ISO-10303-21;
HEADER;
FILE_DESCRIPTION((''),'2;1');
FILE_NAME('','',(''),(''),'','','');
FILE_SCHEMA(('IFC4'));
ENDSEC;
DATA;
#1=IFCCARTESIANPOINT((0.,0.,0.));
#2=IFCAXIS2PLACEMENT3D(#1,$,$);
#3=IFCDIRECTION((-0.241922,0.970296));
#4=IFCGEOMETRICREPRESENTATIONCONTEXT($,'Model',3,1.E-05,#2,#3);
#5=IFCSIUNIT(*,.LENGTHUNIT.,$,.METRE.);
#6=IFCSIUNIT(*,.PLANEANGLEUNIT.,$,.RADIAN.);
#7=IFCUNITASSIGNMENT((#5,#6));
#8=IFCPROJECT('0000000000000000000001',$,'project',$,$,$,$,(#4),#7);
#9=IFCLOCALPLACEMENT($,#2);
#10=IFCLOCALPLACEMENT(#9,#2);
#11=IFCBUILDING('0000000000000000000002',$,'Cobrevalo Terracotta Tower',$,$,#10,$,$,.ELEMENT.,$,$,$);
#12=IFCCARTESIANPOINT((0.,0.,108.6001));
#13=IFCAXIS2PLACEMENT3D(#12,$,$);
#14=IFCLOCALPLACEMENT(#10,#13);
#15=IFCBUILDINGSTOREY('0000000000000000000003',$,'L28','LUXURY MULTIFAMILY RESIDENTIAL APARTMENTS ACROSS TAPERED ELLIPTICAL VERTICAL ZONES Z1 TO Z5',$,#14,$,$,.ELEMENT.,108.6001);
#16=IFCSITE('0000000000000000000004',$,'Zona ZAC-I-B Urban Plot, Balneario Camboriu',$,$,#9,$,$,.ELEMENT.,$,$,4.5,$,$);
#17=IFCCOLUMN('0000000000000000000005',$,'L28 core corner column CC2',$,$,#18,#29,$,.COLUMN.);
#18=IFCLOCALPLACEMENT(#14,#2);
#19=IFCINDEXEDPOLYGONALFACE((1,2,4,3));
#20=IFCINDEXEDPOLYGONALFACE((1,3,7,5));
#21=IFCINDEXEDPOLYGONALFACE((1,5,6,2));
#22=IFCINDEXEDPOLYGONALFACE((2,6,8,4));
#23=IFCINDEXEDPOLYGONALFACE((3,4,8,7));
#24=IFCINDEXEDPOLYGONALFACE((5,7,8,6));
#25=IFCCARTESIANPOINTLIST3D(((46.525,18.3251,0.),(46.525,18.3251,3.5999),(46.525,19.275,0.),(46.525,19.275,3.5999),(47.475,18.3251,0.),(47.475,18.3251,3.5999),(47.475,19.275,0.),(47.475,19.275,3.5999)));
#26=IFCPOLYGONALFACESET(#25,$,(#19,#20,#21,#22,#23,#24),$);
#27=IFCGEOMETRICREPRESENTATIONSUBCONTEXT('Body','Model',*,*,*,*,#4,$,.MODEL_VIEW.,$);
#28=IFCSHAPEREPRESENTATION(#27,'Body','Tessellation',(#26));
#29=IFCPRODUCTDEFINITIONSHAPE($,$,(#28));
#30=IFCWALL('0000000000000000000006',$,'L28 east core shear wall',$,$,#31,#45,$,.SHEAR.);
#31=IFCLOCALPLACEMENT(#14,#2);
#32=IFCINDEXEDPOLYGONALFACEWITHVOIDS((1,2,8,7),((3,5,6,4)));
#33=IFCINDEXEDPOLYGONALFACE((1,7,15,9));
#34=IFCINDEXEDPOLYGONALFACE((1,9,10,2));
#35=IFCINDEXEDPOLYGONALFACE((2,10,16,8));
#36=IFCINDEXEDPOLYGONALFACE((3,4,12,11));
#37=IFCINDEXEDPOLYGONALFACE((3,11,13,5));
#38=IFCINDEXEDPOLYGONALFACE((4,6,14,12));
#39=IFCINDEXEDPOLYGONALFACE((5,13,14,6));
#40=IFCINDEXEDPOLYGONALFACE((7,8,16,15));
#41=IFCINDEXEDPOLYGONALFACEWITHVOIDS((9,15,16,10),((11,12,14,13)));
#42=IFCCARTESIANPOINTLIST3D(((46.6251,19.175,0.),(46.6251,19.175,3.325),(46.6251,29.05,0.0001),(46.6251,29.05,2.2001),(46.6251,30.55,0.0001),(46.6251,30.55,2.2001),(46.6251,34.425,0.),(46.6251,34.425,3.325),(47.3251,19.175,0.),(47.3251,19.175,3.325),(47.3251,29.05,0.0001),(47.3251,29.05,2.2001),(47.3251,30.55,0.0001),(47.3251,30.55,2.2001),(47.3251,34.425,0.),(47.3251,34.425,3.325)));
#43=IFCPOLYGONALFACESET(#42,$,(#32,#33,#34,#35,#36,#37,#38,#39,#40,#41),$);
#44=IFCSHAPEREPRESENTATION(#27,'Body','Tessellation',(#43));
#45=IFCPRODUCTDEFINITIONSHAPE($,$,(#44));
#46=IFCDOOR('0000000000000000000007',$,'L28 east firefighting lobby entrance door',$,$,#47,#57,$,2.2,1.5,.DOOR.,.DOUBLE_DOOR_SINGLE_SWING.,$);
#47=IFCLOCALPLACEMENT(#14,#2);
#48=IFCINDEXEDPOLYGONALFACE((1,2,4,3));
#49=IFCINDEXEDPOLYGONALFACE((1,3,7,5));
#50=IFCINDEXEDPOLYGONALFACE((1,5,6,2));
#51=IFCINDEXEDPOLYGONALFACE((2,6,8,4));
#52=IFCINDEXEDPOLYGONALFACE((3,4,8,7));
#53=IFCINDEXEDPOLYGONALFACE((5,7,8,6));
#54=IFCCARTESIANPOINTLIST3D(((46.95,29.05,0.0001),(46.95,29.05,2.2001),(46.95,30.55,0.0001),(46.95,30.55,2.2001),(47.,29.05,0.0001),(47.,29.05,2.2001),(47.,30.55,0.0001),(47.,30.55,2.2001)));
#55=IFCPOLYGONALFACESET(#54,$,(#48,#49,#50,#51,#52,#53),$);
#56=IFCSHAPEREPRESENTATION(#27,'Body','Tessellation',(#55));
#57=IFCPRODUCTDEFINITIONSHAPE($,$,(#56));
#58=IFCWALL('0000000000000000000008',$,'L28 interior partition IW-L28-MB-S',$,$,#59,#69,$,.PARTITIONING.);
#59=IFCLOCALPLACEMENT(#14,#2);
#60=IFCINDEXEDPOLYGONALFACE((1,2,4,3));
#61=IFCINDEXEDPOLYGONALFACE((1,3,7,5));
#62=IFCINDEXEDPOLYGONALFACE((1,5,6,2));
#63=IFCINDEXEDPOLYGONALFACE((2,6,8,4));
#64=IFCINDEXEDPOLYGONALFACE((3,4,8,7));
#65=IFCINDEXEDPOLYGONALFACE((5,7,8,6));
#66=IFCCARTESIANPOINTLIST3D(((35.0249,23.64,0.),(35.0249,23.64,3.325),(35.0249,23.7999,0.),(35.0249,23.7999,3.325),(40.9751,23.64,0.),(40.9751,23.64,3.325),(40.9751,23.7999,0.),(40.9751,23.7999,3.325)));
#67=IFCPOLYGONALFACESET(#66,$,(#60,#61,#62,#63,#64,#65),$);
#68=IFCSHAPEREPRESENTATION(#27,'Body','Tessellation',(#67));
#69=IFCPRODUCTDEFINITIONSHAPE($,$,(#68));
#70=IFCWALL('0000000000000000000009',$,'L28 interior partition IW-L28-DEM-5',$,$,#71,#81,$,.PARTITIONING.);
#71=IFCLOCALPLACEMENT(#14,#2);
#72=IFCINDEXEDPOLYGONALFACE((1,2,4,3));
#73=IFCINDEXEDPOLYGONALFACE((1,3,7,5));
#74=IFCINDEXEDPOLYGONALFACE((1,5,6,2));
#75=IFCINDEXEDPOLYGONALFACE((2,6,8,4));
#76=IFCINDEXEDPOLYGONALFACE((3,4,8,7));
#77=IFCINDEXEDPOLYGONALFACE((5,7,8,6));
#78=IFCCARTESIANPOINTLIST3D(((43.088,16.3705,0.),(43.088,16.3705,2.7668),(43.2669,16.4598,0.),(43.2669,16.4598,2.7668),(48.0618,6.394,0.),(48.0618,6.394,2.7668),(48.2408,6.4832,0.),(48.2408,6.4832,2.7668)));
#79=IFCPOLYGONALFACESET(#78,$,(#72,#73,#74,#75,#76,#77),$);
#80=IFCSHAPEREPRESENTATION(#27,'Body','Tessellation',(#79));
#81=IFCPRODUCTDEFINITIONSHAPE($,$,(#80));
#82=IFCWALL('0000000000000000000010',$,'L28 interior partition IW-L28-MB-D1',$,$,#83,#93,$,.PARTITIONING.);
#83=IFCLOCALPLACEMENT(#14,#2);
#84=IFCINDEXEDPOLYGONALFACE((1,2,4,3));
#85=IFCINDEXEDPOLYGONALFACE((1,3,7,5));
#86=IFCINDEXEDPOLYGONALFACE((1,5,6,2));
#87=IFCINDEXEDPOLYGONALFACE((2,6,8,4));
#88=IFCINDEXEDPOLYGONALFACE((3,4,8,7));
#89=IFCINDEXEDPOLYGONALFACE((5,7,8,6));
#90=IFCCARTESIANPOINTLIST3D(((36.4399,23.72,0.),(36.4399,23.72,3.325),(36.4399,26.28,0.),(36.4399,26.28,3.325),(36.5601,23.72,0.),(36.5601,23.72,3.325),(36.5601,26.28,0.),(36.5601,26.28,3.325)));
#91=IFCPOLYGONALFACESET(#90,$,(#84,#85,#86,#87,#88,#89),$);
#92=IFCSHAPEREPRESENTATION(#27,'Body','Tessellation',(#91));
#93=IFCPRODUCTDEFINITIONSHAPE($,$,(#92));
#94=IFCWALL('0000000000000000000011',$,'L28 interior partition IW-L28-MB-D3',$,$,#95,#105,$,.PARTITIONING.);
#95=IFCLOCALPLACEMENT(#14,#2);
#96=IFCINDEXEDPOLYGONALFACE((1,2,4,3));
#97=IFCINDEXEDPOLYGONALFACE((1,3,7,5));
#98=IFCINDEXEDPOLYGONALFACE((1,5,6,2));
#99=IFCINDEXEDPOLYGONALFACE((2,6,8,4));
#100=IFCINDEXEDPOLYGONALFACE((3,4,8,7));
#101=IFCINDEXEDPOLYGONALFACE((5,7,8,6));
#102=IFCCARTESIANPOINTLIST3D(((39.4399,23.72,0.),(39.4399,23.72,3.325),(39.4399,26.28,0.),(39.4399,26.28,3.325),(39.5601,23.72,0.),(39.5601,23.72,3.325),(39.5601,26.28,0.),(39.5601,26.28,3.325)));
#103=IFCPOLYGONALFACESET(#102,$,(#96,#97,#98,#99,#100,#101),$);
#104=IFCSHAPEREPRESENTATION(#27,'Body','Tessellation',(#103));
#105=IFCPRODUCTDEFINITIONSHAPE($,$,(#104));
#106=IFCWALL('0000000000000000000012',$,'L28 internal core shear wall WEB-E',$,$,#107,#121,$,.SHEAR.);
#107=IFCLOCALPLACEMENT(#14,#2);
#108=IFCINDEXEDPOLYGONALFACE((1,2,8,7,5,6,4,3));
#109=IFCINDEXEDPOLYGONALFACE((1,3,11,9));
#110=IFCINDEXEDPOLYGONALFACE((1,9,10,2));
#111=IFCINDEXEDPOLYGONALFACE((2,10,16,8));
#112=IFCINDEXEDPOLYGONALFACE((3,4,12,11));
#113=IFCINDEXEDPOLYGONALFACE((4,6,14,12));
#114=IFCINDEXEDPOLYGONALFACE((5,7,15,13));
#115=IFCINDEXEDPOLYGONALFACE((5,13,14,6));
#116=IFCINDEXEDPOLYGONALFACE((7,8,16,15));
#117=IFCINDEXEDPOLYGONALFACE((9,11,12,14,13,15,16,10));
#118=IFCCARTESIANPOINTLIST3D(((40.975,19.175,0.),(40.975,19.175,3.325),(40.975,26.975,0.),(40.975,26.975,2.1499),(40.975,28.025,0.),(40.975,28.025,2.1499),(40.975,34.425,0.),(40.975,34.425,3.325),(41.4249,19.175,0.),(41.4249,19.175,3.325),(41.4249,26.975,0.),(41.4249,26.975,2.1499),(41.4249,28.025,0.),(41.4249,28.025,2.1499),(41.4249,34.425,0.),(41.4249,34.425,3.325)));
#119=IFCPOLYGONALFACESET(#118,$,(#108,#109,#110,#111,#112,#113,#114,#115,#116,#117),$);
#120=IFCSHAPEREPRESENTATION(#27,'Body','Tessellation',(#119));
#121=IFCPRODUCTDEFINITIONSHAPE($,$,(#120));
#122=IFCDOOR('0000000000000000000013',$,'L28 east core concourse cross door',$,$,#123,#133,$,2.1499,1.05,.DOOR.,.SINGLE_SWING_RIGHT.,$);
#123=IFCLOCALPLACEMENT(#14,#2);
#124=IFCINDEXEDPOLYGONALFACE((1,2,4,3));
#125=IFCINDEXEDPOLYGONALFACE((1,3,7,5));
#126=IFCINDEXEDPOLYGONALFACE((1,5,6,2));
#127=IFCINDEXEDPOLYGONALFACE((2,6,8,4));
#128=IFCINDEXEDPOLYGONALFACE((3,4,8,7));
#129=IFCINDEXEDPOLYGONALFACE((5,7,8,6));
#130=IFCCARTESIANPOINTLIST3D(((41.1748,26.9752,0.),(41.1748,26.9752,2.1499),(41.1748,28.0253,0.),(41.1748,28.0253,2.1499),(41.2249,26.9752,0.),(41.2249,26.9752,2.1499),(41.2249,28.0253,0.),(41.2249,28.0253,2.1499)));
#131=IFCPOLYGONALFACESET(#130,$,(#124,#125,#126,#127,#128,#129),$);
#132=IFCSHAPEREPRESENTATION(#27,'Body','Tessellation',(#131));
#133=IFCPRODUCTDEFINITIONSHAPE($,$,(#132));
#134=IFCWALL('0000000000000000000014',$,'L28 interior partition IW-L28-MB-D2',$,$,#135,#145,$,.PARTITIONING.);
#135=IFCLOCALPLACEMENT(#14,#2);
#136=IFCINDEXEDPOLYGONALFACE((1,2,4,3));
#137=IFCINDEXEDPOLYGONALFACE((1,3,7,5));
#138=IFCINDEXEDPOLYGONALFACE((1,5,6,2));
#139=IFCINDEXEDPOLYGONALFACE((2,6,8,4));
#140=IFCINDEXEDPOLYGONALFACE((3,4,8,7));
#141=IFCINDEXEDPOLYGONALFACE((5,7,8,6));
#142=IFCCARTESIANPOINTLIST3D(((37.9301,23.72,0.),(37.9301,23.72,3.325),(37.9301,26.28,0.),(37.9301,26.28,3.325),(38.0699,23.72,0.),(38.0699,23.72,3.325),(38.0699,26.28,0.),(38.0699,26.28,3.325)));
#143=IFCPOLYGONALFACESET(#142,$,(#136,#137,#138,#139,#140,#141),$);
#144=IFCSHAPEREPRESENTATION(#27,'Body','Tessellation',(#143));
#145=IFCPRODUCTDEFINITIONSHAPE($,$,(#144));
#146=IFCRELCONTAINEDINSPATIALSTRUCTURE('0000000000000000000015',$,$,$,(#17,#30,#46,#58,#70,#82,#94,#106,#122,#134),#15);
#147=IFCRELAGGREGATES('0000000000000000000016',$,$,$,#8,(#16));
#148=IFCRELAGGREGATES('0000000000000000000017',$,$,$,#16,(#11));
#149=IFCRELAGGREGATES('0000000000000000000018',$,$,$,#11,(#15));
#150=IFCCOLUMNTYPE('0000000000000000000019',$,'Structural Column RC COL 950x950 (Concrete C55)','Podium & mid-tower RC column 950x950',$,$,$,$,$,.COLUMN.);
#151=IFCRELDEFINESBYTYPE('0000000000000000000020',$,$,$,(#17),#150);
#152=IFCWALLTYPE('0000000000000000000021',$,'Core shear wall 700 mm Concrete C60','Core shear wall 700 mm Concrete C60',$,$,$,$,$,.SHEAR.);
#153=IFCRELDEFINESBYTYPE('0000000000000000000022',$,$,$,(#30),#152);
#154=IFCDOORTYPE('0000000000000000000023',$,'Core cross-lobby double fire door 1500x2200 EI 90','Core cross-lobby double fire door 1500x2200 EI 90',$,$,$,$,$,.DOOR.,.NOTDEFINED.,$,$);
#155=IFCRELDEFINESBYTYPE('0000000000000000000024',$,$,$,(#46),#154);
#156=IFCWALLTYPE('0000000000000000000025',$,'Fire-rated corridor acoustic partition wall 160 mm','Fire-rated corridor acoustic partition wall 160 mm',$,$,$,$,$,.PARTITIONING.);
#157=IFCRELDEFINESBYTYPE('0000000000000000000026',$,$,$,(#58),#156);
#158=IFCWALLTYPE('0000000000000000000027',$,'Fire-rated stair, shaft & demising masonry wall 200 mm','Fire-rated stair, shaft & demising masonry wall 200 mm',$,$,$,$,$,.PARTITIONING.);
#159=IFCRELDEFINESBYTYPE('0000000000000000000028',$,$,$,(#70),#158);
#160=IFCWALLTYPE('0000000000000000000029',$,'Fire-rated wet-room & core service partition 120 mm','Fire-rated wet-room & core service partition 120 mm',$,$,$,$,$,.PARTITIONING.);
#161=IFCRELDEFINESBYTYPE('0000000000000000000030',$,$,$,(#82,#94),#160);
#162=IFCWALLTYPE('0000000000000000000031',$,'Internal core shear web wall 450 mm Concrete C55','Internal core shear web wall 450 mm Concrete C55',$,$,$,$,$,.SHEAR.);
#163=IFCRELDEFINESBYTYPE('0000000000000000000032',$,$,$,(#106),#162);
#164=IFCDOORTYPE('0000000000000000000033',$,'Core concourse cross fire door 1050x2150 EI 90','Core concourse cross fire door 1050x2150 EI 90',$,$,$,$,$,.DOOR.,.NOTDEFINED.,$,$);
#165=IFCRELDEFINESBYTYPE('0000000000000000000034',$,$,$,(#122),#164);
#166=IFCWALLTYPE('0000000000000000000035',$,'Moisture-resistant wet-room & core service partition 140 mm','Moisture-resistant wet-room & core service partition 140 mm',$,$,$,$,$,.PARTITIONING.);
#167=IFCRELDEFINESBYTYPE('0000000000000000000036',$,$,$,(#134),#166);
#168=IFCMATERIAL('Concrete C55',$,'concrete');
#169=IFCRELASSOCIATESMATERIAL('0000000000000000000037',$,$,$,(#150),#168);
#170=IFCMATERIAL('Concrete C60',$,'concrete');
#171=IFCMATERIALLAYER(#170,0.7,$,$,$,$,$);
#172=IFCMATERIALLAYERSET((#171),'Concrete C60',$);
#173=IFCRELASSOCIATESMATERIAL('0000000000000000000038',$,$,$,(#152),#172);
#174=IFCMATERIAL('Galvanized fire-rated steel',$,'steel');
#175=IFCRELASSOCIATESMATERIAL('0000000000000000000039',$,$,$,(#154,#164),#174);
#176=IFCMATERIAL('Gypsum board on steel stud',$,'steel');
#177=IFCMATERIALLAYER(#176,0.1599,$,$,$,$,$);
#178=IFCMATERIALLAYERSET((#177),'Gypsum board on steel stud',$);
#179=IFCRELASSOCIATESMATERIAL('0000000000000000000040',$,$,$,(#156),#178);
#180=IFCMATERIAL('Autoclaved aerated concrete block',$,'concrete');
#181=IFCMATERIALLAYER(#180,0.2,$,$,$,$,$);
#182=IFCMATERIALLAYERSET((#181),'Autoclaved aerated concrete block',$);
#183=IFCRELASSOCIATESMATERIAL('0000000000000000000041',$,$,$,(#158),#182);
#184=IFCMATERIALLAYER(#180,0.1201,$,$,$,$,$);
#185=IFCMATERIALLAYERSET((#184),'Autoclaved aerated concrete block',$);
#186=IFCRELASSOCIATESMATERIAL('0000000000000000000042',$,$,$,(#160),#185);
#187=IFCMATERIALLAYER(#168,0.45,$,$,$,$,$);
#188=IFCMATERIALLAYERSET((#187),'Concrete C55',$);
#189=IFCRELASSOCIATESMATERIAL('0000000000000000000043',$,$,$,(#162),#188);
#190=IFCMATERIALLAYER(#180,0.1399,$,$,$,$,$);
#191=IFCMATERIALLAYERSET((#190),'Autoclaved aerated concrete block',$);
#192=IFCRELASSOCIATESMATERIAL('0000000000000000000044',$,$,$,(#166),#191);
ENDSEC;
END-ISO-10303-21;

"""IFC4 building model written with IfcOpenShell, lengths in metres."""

from ifc_helpers import new_model, si_unit, direction, frame, frame_2d, origin, origin_2d, place, context, subcontext, project, spatial, rectangle, extrude, source, transform, mapped, material, layer, layer_set, material_profile, profile_set, type_object, element, fill, save


model = new_model("IFC4")

# Units and contexts
model_context = context("Model", 3, precision=1e-05, world=origin(), true_north=direction((-0.241922, 0.970296)))
body_context = subcontext(model_context, "Body", "Model", "MODEL_VIEW")
ifc_project = project(units=[si_unit("LENGTHUNIT", "METRE"), si_unit("PLANEANGLEUNIT", "RADIAN")], contexts=[model_context])

# Site, building, storey
site_placement = place(None, origin())
site = spatial("IfcSite", under=ifc_project, at=site_placement, Name="Zona ZAC-I-B Urban Plot, Balneario Camboriu", CompositionType="ELEMENT", RefElevation=4.5)
building_placement = place(site_placement, origin())
building = spatial("IfcBuilding", under=site, at=building_placement, Name="Cobrevalo Terracotta Tower", CompositionType="ELEMENT")
storey_placement = place(building_placement, frame((0.0, 0.0, 108.6001)))
storey = spatial("IfcBuildingStorey", under=building, at=storey_placement, Name="L28", Description="LUXURY MULTIFAMILY RESIDENTIAL APARTMENTS ACROSS TAPERED ELLIPTICAL VERTICAL ZONES Z1 TO Z5", CompositionType="ELEMENT", Elevation=108.6001)

# Column
ifc_material_1 = material(Name="Concrete C55", Category="concrete")
ifc_material_profile = material_profile(ifc_material_1, rectangle(XDim=0.95, YDim=0.95, at=origin_2d()), Name="RC COL 950x950")
ifc_profile_set = profile_set([ifc_material_profile], Name="Concrete C55")
column_type = type_object("IfcColumnType", Name="Structural Column RC COL 950x950 (Concrete C55)", Description="Podium & mid-tower RC column 950x950", PredefinedType="COLUMN", material=ifc_profile_set)
column_placement = place(storey_placement, frame((47.0, 18.8, 0.0), z_axis=(0.0, 0.0, 1.0), x_axis=(1.0, 0.0, 0.0)))
element("IfcColumn", 1, at=column_placement, inside=storey, type_object=column_type, Name="L28 core corner column CC2", PredefinedType="COLUMN", context=body_context, shape_type="SweptSolid", body=[
    extrude(rectangle(XDim=0.95, YDim=0.95, at=origin_2d()), origin(), (0.0, 0.0, 1.0), 3.5999),
])

# Wall, opening, door
ifc_material_2 = material(Name="Concrete C60", Category="concrete")
ifc_layer_1 = layer(ifc_material_2, 0.7)
ifc_layer_set_1 = layer_set([ifc_layer_1], Name="Concrete C60")
wall_type_1 = type_object("IfcWallType", Name="Core shear wall 700 mm Concrete C60", Description="Core shear wall 700 mm Concrete C60", PredefinedType="SHEAR", material=ifc_layer_set_1)
wall_1_placement = place(storey_placement, frame((46.9751, 19.175, 0.0), z_axis=(0.0, 0.0, 1.0), x_axis=(0.0, 1.0, 0.0)))
wall_1 = element("IfcWall", 2, at=wall_1_placement, inside=storey, type_object=wall_type_1, Name="L28 east core shear wall", PredefinedType="SHEAR", context=body_context, shape_type="SweptSolid", body=[
    extrude(rectangle(XDim=15.25, YDim=0.7, at=frame_2d((7.625, 0.0))), origin(), (0.0, 0.0, 1.0), 3.325),
])
opening_1_placement = place(wall_1_placement, frame((9.875, 0.0, 0.0)))
opening_1 = element("IfcOpeningElement", 3, at=opening_1_placement, cuts=wall_1, PredefinedType="OPENING", context=body_context, shape_type="SweptSolid", body=[
    extrude(rectangle(XDim=1.5, YDim=2.2, at=frame_2d((0.75, 1.1001))), frame((0.0, 0.3599, 0.0), z_axis=(0.0, -1.0, 0.0), x_axis=(1.0, 0.0, 0.0)), (0.0, 0.0, 1.0), 0.72),
])
ifc_material_3 = material(Name="Galvanized fire-rated steel", Category="steel")
door_type_1 = type_object("IfcDoorType", Name="Core cross-lobby double fire door 1500x2200 EI 90", Description="Core cross-lobby double fire door 1500x2200 EI 90", OperationType="NOTDEFINED", PredefinedType="DOOR", material=ifc_material_3)
shared_shape_1 = source(origin(), body_context, "Body", "SweptSolid", [
    extrude(rectangle(XDim=1.5, YDim=2.2, at=frame_2d((0.75, 1.1001))), frame((0.0, 0.0249, 0.0), z_axis=(0.0, -1.0, 0.0), x_axis=(1.0, 0.0, 0.0)), (0.0, 0.0, 1.0), 0.05),
])
door_1_placement = place(opening_1_placement, frame((1.5, 0.0, 0.0), z_axis=(0.0, 0.0, 1.0), x_axis=(-1.0, 0.0, 0.0)))
door_1 = element("IfcDoor", 4, at=door_1_placement, inside=storey, type_object=door_type_1, Name="L28 east firefighting lobby entrance door", OperationType="DOUBLE_DOOR_SINGLE_SWING", OverallHeight=2.2, OverallWidth=1.5, PredefinedType="DOOR", context=body_context, shape_type="MappedRepresentation", body=[
    mapped(shared_shape_1, transform((0.0, 0.0, 0.0), scale=1.0)),
])
fill(opening_1, door_1)

# Walls
ifc_material_4 = material(Name="Gypsum board on steel stud", Category="steel")
ifc_layer_2 = layer(ifc_material_4, 0.1599)
ifc_layer_set_2 = layer_set([ifc_layer_2], Name="Gypsum board on steel stud")
wall_type_2 = type_object("IfcWallType", Name="Fire-rated corridor acoustic partition wall 160 mm", Description="Fire-rated corridor acoustic partition wall 160 mm", PredefinedType="PARTITIONING", material=ifc_layer_set_2)
wall_2_placement = place(storey_placement, frame((35.0249, 23.72, 0.0), z_axis=(0.0, 0.0, 1.0), x_axis=(1.0, 0.0, 0.0)))
element("IfcWall", 5, at=wall_2_placement, inside=storey, type_object=wall_type_2, Name="L28 interior partition IW-L28-MB-S", PredefinedType="PARTITIONING", context=body_context, shape_type="SweptSolid", body=[
    extrude(rectangle(XDim=5.9502, YDim=0.1599, at=frame_2d((2.9751, 0.0))), origin(), (0.0, 0.0, 1.0), 3.325),
])
ifc_material_5 = material(Name="Autoclaved aerated concrete block", Category="concrete")
ifc_layer_3 = layer(ifc_material_5, 0.2)
ifc_layer_set_3 = layer_set([ifc_layer_3], Name="Autoclaved aerated concrete block")
wall_type_3 = type_object("IfcWallType", Name="Fire-rated stair, shaft & demising masonry wall 200 mm", Description="Fire-rated stair, shaft & demising masonry wall 200 mm", PredefinedType="PARTITIONING", material=ifc_layer_set_3)
wall_3_placement = place(storey_placement, frame((43.1775, 16.415, 0.0), z_axis=(0.0, 0.0, 1.0), x_axis=(0.44618, -0.894943, 0.0)))
element("IfcWall", 6, at=wall_3_placement, inside=storey, type_object=wall_type_3, Name="L28 interior partition IW-L28-DEM-5", PredefinedType="PARTITIONING", context=body_context, shape_type="SweptSolid", body=[
    extrude(rectangle(XDim=11.1477, YDim=0.2, at=frame_2d((5.5737, 0.0))), origin(), (0.0, 0.0, 1.0), 2.7668),
])
ifc_layer_4 = layer(ifc_material_5, 0.1201)
ifc_layer_set_4 = layer_set([ifc_layer_4], Name="Autoclaved aerated concrete block")
wall_type_4 = type_object("IfcWallType", Name="Fire-rated wet-room & core service partition 120 mm", Description="Fire-rated wet-room & core service partition 120 mm", PredefinedType="PARTITIONING", material=ifc_layer_set_4)
for number, where, z_axis, x_axis, name in (
    (7, (36.5, 23.72, 0.0), (0.0, 0.0, 1.0), (0.0, 1.0, 0.0), "L28 interior partition IW-L28-MB-D1"),
    (8, (39.5, 23.72, 0.0), (0.0, 0.0, 1.0), (0.0, 1.0, 0.0), "L28 interior partition IW-L28-MB-D3"),
):
    element("IfcWall", number, at=place(storey_placement, frame(where, z_axis=z_axis, x_axis=x_axis)), inside=storey, type_object=wall_type_4, Name=name, PredefinedType="PARTITIONING", context=body_context, shape_type="SweptSolid", body=[
        extrude(rectangle(XDim=2.5601, YDim=0.1201, at=frame_2d((1.28, 0.0))), origin(), (0.0, 0.0, 1.0), 3.325),
    ])

# Wall, opening, door
ifc_layer_5 = layer(ifc_material_1, 0.45)
ifc_layer_set_5 = layer_set([ifc_layer_5], Name="Concrete C55")
wall_type_5 = type_object("IfcWallType", Name="Internal core shear web wall 450 mm Concrete C55", Description="Internal core shear web wall 450 mm Concrete C55", PredefinedType="SHEAR", material=ifc_layer_set_5)
wall_4_placement = place(storey_placement, frame((41.2, 19.175, 0.0), z_axis=(0.0, 0.0, 1.0), x_axis=(0.0, 1.0, 0.0)))
wall_4 = element("IfcWall", 9, at=wall_4_placement, inside=storey, type_object=wall_type_5, Name="L28 internal core shear wall WEB-E", PredefinedType="SHEAR", context=body_context, shape_type="SweptSolid", body=[
    extrude(rectangle(XDim=15.25, YDim=0.45, at=frame_2d((7.625, 0.0))), origin(), (0.0, 0.0, 1.0), 3.325),
])
opening_2_placement = place(wall_4_placement, frame((7.8, 0.0, 0.0)))
opening_2 = element("IfcOpeningElement", 10, at=opening_2_placement, cuts=wall_4, PredefinedType="OPENING", context=body_context, shape_type="SweptSolid", body=[
    extrude(rectangle(XDim=1.05, YDim=2.1499, at=frame_2d((0.5249, 1.075))), frame((0.0, 0.2349, 0.0), z_axis=(0.0, -1.0, 0.0), x_axis=(1.0, 0.0, 0.0)), (0.0, 0.0, 1.0), 0.47),
])
door_type_2 = type_object("IfcDoorType", Name="Core concourse cross fire door 1050x2150 EI 90", Description="Core concourse cross fire door 1050x2150 EI 90", OperationType="NOTDEFINED", PredefinedType="DOOR", material=ifc_material_3)
shared_shape_2 = source(origin(), body_context, "Body", "SweptSolid", [
    extrude(rectangle(XDim=1.05, YDim=2.1499, at=frame_2d((0.5249, 1.075))), frame((0.0, 0.0249, 0.0), z_axis=(0.0, -1.0, 0.0), x_axis=(1.0, 0.0, 0.0)), (0.0, 0.0, 1.0), 0.05),
])
door_2_placement = place(opening_2_placement, frame((1.05, 0.0, 0.0), z_axis=(0.0, 0.0, 1.0), x_axis=(-1.0, 0.0, 0.0)))
door_2 = element("IfcDoor", 11, at=door_2_placement, inside=storey, type_object=door_type_2, Name="L28 east core concourse cross door", OperationType="SINGLE_SWING_RIGHT", OverallHeight=2.1499, OverallWidth=1.05, PredefinedType="DOOR", context=body_context, shape_type="MappedRepresentation", body=[
    mapped(shared_shape_2, transform((0.0, 0.0, 0.0), scale=1.0)),
])
fill(opening_2, door_2)

# Wall
ifc_layer_6 = layer(ifc_material_5, 0.1399)
ifc_layer_set_6 = layer_set([ifc_layer_6], Name="Autoclaved aerated concrete block")
wall_type_6 = type_object("IfcWallType", Name="Moisture-resistant wet-room & core service partition 140 mm", Description="Moisture-resistant wet-room & core service partition 140 mm", PredefinedType="PARTITIONING", material=ifc_layer_set_6)
wall_5_placement = place(storey_placement, frame((38.0, 23.72, 0.0), z_axis=(0.0, 0.0, 1.0), x_axis=(0.0, 1.0, 0.0)))
element("IfcWall", 12, at=wall_5_placement, inside=storey, type_object=wall_type_6, Name="L28 interior partition IW-L28-MB-D2", PredefinedType="PARTITIONING", context=body_context, shape_type="SweptSolid", body=[
    extrude(rectangle(XDim=2.5601, YDim=0.1399, at=frame_2d((1.28, 0.0))), origin(), (0.0, 0.0, 1.0), 3.325),
])

save(model, "model.ifc")
